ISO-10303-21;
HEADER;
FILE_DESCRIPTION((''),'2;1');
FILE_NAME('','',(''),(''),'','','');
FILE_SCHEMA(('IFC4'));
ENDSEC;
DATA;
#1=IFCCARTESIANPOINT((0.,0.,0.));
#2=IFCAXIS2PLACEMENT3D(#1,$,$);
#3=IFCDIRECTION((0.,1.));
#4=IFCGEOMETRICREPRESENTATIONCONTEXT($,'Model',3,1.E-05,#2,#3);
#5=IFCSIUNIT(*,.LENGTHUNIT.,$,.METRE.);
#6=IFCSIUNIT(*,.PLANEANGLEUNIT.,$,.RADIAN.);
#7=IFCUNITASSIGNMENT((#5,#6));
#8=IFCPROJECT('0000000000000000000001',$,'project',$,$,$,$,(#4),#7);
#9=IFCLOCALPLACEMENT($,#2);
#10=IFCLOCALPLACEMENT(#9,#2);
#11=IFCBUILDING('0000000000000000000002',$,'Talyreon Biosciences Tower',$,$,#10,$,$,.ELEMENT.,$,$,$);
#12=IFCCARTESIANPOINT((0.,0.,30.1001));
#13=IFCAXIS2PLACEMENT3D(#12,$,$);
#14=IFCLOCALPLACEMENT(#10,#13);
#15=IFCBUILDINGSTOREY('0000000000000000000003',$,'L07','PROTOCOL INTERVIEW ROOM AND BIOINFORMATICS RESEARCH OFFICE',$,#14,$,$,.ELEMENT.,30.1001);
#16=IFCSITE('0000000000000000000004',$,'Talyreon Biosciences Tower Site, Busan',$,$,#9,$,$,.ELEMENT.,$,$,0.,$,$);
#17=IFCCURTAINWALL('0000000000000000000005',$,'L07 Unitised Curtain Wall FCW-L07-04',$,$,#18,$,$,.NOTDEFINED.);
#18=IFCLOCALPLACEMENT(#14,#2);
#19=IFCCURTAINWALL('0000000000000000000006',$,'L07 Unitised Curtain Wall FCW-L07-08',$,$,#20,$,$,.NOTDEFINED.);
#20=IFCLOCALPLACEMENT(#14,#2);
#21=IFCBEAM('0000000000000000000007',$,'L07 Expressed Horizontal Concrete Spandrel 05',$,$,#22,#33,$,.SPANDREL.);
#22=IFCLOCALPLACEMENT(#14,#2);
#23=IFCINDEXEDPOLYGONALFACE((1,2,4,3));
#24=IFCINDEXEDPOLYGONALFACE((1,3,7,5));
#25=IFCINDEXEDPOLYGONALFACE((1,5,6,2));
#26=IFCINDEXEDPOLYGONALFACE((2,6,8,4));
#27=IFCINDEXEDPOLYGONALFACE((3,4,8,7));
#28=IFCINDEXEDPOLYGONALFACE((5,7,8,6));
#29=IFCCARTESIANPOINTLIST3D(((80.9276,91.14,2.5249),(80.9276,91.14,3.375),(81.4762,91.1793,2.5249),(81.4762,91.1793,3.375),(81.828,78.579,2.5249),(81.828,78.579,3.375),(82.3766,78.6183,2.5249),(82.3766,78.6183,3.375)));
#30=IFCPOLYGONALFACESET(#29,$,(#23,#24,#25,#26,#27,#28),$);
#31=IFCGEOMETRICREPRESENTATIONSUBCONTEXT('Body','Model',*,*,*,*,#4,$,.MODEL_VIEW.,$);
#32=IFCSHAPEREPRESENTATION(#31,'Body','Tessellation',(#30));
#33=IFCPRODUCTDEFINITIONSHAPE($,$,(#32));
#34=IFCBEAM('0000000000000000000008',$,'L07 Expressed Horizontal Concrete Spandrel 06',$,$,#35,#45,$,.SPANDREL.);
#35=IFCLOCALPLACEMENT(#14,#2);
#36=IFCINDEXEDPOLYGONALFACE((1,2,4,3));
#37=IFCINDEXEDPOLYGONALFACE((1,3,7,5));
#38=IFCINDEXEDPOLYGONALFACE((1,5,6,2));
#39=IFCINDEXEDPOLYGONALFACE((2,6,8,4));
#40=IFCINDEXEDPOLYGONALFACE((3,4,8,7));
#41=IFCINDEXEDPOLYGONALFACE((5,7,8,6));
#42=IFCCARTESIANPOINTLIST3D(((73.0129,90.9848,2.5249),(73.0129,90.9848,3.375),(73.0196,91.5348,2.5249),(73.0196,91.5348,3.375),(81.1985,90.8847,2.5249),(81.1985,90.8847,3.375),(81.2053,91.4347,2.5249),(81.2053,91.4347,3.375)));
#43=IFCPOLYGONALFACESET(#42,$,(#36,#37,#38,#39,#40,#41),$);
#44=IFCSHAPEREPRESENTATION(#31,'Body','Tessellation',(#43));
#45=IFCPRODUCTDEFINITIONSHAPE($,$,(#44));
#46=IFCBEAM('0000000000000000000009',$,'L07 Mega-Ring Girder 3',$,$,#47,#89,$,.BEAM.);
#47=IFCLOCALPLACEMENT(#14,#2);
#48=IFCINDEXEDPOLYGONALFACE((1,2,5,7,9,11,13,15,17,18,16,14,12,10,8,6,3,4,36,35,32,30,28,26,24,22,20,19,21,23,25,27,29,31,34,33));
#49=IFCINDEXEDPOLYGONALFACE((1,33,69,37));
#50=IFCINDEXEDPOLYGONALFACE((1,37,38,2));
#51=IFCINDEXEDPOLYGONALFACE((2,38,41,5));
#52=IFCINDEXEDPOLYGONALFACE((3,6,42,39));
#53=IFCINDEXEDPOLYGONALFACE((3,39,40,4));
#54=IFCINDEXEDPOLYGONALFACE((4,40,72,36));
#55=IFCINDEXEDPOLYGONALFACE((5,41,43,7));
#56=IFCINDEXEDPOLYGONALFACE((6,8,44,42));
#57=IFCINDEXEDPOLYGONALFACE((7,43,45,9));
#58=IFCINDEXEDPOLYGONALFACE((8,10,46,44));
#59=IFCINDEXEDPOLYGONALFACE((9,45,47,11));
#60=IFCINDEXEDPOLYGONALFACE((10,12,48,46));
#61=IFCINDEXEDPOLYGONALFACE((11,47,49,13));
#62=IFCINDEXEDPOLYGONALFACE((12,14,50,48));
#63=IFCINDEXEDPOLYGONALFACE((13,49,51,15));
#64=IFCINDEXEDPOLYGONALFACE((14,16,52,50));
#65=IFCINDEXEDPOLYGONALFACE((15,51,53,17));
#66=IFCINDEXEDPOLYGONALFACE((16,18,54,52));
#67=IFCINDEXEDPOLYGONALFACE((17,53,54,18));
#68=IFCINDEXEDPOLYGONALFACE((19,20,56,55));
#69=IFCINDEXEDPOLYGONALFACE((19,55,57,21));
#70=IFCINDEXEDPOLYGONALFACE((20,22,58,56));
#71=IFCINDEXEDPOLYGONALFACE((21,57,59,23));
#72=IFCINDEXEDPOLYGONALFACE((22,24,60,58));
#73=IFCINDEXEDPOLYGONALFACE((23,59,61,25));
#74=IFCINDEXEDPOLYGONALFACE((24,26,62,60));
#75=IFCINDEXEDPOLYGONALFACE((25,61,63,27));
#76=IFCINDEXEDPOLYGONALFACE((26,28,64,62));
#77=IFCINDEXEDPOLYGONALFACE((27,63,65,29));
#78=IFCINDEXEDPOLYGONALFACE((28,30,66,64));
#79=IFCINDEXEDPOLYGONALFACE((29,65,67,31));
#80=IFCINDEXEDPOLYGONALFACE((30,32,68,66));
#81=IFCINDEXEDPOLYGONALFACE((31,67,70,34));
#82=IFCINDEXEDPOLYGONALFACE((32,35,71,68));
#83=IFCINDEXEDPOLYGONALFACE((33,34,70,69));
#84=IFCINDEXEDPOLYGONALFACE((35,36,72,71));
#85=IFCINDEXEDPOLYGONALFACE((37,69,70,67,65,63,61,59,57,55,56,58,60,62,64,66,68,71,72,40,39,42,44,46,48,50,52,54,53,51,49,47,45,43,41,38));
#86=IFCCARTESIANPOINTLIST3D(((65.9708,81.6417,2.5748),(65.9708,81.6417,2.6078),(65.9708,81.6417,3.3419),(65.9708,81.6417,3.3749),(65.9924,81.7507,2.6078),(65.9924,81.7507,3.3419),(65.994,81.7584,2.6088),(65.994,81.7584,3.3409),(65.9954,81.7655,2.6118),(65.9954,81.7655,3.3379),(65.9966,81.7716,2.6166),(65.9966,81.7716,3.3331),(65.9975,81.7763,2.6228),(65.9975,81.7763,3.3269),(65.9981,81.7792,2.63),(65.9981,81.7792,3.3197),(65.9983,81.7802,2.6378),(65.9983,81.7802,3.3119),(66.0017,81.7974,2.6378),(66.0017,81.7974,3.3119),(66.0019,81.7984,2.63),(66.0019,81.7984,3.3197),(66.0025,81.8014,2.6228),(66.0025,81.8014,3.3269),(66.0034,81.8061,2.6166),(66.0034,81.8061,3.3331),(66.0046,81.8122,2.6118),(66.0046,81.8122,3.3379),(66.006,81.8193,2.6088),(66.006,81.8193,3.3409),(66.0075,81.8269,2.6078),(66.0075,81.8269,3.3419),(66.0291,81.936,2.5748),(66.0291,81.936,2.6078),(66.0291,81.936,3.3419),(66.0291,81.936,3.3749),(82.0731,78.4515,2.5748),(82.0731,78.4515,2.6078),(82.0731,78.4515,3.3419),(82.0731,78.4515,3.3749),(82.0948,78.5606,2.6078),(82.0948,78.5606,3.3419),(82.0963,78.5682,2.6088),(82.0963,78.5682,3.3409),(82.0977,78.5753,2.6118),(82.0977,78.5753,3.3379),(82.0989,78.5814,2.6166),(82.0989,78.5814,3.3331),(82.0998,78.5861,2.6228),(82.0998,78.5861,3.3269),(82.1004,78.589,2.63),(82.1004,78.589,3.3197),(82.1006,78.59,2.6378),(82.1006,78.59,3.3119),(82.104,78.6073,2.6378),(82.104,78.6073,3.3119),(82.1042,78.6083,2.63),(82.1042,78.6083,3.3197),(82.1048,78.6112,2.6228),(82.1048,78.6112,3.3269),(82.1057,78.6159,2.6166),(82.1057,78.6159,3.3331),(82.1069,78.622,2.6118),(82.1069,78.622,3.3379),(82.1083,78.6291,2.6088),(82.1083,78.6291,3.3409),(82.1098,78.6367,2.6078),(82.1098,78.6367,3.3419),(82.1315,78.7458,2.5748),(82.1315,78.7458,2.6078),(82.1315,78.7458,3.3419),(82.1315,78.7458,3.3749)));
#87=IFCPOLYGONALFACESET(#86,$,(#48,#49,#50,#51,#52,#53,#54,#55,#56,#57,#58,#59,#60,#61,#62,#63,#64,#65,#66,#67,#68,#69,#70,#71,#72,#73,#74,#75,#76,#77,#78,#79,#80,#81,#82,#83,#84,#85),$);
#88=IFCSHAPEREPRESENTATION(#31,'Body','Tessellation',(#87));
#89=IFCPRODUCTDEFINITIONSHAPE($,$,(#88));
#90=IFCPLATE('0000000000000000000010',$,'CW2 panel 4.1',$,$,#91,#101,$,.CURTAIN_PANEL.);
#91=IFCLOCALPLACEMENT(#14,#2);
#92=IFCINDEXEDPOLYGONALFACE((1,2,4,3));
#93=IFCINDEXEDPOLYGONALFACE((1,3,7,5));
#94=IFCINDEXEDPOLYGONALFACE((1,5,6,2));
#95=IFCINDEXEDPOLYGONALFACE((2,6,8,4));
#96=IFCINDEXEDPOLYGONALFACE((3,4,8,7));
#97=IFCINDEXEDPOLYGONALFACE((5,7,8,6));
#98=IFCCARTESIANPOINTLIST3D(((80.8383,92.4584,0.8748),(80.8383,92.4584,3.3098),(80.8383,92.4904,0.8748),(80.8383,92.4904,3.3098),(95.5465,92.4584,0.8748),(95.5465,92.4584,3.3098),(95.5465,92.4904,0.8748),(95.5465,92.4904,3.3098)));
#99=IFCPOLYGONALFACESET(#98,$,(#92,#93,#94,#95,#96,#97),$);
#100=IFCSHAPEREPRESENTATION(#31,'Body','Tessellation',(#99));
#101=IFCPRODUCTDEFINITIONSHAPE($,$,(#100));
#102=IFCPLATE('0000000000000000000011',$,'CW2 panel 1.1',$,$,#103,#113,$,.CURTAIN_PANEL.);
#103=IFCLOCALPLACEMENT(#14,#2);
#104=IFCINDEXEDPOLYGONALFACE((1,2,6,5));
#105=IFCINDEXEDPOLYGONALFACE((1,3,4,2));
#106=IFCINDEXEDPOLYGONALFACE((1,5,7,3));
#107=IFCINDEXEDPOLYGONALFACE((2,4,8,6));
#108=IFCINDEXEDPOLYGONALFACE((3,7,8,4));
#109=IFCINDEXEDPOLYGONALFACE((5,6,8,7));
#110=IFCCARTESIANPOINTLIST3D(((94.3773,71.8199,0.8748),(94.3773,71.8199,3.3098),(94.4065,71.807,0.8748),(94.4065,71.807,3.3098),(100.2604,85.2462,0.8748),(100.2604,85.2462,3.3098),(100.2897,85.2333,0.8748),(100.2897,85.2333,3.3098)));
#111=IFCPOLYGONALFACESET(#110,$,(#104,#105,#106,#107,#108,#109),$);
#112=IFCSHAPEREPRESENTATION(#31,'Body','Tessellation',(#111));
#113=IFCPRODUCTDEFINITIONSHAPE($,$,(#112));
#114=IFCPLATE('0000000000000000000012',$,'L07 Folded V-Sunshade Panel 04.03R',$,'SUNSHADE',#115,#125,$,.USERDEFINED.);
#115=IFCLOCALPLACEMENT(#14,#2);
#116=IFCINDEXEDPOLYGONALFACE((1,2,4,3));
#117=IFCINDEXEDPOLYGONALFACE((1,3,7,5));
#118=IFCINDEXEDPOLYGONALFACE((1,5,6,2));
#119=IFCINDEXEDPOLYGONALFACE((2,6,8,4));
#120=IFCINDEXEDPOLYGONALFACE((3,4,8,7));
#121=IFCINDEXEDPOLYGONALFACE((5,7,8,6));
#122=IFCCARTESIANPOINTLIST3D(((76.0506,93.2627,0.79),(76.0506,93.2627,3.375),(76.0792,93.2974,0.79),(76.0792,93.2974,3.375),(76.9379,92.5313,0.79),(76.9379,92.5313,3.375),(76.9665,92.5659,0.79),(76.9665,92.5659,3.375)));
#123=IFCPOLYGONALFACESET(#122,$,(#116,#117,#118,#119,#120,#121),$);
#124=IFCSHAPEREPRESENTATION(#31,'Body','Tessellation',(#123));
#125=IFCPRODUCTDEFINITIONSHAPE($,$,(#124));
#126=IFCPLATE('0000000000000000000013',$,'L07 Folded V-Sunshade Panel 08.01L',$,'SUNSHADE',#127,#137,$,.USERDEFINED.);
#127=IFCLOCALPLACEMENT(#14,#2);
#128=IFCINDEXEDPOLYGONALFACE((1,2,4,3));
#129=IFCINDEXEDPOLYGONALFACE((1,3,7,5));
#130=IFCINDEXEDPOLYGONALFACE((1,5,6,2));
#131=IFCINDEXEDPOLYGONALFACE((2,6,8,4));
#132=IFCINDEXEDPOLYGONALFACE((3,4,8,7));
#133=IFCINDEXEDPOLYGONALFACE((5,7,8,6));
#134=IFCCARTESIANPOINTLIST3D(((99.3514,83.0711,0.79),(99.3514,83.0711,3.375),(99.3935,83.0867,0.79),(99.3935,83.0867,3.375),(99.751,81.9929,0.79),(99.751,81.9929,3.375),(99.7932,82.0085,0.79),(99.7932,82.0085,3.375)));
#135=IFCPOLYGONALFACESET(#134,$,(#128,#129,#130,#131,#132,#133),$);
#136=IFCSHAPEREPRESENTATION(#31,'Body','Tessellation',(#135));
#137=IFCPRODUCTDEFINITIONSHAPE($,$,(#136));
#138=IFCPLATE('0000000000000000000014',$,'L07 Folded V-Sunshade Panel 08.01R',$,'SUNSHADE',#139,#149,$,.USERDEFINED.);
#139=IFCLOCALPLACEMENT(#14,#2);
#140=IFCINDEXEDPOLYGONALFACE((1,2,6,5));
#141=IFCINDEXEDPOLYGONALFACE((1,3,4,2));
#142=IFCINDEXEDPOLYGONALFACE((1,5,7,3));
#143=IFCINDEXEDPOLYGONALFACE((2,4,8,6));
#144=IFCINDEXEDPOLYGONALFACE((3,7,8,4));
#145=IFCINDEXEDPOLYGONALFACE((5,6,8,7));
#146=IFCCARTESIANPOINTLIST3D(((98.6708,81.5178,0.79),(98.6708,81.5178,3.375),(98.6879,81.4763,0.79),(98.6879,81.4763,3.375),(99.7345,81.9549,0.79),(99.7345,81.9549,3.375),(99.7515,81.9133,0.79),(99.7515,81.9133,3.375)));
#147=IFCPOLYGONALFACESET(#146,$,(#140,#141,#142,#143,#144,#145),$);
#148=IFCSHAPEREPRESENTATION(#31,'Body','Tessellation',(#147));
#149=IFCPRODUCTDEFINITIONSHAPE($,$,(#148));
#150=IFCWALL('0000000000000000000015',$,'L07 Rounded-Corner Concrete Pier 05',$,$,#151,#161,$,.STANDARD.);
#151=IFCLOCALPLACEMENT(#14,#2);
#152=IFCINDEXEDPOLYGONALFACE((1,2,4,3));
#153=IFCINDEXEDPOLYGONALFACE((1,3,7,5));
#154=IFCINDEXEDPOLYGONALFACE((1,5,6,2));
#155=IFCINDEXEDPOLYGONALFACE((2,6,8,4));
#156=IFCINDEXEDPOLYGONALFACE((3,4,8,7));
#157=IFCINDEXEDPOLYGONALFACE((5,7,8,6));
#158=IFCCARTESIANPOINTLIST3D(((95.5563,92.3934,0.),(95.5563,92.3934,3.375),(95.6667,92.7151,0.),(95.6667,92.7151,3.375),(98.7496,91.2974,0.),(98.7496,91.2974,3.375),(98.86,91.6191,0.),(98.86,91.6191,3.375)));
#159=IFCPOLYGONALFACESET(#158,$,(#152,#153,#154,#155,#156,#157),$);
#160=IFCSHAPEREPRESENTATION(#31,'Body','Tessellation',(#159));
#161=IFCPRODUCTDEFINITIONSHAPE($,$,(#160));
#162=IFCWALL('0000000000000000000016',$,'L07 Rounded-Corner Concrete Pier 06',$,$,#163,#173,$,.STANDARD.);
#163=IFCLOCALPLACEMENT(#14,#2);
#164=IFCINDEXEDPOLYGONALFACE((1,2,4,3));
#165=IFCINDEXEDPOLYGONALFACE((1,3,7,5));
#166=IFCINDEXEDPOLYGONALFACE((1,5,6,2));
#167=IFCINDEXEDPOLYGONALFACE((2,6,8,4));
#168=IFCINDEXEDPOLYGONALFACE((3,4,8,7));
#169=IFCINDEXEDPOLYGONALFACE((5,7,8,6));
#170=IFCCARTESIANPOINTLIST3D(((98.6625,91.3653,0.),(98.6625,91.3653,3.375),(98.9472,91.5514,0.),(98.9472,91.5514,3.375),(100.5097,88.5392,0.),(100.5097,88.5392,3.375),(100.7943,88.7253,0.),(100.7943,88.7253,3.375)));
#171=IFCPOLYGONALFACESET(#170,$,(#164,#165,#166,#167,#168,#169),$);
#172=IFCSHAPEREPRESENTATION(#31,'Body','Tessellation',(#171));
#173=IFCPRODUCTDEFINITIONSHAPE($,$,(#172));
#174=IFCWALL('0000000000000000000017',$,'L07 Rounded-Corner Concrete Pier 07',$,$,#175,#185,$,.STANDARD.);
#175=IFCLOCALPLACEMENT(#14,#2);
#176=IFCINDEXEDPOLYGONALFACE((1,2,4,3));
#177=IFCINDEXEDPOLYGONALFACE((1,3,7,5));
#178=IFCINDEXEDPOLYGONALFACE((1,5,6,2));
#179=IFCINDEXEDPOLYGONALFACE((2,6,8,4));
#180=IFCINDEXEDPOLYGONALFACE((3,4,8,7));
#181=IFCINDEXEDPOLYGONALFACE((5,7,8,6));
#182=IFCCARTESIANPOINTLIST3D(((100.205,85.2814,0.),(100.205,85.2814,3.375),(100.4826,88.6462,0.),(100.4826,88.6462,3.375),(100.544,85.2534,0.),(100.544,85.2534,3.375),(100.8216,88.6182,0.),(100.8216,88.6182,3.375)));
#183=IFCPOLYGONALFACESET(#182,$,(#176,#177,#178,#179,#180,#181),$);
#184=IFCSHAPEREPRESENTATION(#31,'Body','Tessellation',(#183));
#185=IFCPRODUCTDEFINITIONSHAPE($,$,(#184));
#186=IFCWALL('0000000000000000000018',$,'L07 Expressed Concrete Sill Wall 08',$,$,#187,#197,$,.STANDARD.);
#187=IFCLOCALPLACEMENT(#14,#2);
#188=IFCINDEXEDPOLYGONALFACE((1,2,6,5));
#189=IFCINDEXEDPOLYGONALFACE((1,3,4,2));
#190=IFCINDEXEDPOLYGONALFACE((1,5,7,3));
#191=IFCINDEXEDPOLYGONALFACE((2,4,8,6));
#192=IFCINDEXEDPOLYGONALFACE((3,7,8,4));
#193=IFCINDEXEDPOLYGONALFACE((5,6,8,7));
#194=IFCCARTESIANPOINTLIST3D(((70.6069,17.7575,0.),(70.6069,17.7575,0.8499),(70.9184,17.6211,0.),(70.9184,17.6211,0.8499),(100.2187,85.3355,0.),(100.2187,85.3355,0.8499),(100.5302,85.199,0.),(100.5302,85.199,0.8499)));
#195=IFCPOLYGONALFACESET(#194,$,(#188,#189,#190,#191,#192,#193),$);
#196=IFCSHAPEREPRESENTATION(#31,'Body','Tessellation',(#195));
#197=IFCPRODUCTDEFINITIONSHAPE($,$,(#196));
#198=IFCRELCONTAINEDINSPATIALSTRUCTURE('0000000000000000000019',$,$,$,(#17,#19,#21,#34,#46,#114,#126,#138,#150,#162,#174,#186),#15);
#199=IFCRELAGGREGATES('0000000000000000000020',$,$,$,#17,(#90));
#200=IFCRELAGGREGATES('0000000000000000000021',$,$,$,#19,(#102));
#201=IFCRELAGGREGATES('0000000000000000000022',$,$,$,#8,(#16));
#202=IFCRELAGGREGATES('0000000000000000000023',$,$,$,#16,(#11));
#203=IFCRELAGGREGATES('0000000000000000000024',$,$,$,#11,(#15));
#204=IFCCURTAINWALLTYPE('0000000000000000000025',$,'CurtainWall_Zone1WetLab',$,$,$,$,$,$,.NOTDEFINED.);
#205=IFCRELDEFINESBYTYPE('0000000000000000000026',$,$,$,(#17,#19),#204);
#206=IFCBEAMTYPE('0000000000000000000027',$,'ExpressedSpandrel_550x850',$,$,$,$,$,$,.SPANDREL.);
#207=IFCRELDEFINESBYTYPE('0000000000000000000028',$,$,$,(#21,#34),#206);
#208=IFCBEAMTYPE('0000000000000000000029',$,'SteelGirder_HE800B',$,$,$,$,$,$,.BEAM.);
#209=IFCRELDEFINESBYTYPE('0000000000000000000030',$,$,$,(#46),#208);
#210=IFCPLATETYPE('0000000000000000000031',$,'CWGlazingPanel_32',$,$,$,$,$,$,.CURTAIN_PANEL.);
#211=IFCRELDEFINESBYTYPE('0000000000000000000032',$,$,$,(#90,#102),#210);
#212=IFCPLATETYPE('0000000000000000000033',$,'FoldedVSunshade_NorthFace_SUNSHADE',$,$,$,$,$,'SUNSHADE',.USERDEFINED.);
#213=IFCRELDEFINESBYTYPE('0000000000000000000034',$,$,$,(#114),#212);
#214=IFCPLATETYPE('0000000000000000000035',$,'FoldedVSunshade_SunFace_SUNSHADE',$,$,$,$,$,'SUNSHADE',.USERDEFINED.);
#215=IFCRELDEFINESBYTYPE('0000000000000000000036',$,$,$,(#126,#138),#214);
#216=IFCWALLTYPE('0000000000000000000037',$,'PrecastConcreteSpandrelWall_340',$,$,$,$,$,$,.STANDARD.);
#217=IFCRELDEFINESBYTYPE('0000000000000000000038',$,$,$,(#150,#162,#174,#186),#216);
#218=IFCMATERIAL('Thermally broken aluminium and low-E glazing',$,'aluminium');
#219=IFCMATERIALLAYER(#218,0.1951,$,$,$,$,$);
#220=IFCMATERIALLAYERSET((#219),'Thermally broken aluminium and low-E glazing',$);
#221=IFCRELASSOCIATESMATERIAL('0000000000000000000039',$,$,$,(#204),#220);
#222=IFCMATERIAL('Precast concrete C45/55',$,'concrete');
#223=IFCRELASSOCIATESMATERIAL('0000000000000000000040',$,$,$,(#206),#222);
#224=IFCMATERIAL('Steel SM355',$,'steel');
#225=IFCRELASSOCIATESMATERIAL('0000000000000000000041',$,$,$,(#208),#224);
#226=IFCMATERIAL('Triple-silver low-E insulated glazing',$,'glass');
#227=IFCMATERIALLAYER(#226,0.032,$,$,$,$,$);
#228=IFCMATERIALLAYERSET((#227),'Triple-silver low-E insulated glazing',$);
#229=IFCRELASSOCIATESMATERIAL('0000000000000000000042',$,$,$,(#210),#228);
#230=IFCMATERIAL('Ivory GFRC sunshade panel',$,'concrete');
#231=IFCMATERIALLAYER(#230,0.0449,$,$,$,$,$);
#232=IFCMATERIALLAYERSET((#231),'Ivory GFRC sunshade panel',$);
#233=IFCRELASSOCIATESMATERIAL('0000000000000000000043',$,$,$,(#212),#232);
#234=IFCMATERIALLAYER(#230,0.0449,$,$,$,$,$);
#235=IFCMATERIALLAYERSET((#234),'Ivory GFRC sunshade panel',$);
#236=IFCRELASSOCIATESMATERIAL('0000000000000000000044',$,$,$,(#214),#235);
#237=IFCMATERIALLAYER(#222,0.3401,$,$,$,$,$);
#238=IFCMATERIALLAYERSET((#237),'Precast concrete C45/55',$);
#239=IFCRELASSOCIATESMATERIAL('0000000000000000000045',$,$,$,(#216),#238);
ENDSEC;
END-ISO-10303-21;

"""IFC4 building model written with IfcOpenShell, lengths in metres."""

from ifc_helpers import new_model, si_unit, direction, frame, frame_2d, origin, origin_2d, place, context, subcontext, project, spatial, rectangle, i_section, extrude, material, layer, layer_set, material_profile, profile_set, type_object, element, aggregate, save


model = new_model("IFC4")

# Units and contexts
model_context = context("Model", 3, precision=1e-05, world=origin(), true_north=direction((0.0, 1.0)))
body_context = subcontext(model_context, "Body", "Model", "MODEL_VIEW")
ifc_project = project(units=[si_unit("LENGTHUNIT", "METRE"), si_unit("PLANEANGLEUNIT", "RADIAN")], contexts=[model_context])

# Site, building, storey
site_placement = place(None, origin())
site = spatial("IfcSite", under=ifc_project, at=site_placement, Name="Talyreon Biosciences Tower Site, Busan", CompositionType="ELEMENT", RefElevation=0.0)
building_placement = place(site_placement, origin())
building = spatial("IfcBuilding", under=site, at=building_placement, Name="Talyreon Biosciences Tower", CompositionType="ELEMENT")
storey_placement = place(building_placement, frame((0.0, 0.0, 30.1001)))
storey = spatial("IfcBuildingStorey", under=building, at=storey_placement, Name="L07", Description="PROTOCOL INTERVIEW ROOM AND BIOINFORMATICS RESEARCH OFFICE", CompositionType="ELEMENT", Elevation=30.1001)

# Curtain walls
ifc_material_1 = material(Name="Thermally broken aluminium and low-E glazing", Category="aluminium")
ifc_layer_1 = layer(ifc_material_1, 0.1951)
ifc_layer_set_1 = layer_set([ifc_layer_1], Name="Thermally broken aluminium and low-E glazing")
curtain_wall_type = type_object("IfcCurtainWallType", Name="CurtainWall_Zone1WetLab", PredefinedType="NOTDEFINED", material=ifc_layer_set_1)
curtain_wall_1_placement = place(storey_placement, origin())
curtain_wall_1 = element("IfcCurtainWall", 1, at=curtain_wall_1_placement, inside=storey, type_object=curtain_wall_type, Name="L07 Unitised Curtain Wall FCW-L07-04", PredefinedType="NOTDEFINED")
curtain_wall_2_placement = place(storey_placement, origin())
curtain_wall_2 = element("IfcCurtainWall", 2, at=curtain_wall_2_placement, inside=storey, type_object=curtain_wall_type, Name="L07 Unitised Curtain Wall FCW-L07-08", PredefinedType="NOTDEFINED")

# Beams
ifc_material_2 = material(Name="Precast concrete C45/55", Category="concrete")
ifc_material_profile_1 = material_profile(ifc_material_2, rectangle(XDim=0.55, YDim=0.8501, at=origin_2d()), Name="RCB 550x850")
ifc_profile_set_1 = profile_set([ifc_material_profile_1], Name="Precast concrete C45/55")
beam_type_1 = type_object("IfcBeamType", Name="ExpressedSpandrel_550x850", PredefinedType="SPANDREL", material=ifc_profile_set_1)
beam_1_placement = place(storey_placement, frame((82.1023, 78.5986, 2.95), z_axis=(-0.071498, 0.997441, 0.0), x_axis=(-0.997441, -0.071498, 0.0)))
element("IfcBeam", 3, at=beam_1_placement, inside=storey, type_object=beam_type_1, Name="L07 Expressed Horizontal Concrete Spandrel 05", PredefinedType="SPANDREL", context=body_context, shape_type="SweptSolid", body=[
    extrude(rectangle(XDim=0.55, YDim=0.8501, at=origin_2d()), origin(), (0.0, 0.0, 1.0), 12.5933),
])
beam_2_placement = place(storey_placement, frame((81.2019, 91.1597, 2.95), z_axis=(-0.999925, 0.012228, 0.0), x_axis=(-0.012228, -0.999925, 0.0)))
element("IfcBeam", 4, at=beam_2_placement, inside=storey, type_object=beam_type_1, Name="L07 Expressed Horizontal Concrete Spandrel 06", PredefinedType="SPANDREL", context=body_context, shape_type="SweptSolid", body=[
    extrude(rectangle(XDim=0.55, YDim=0.8501, at=origin_2d()), origin(), (0.0, 0.0, 1.0), 8.1863),
])
ifc_material_3 = material(Name="Steel SM355", Category="steel")
ifc_material_profile_2 = material_profile(ifc_material_3, i_section(OverallWidth=0.3, OverallDepth=0.8, WebThickness=0.0176, FlangeThickness=0.033, FilletRadius=0.03, at=origin_2d()), Name="HE800B")
ifc_profile_set_2 = profile_set([ifc_material_profile_2], Name="Steel SM355")
beam_type_2 = type_object("IfcBeamType", Name="SteelGirder_HE800B", PredefinedType="BEAM", material=ifc_profile_set_2)
beam_3_placement = place(storey_placement, frame((82.1023, 78.5986, 2.9749), z_axis=(-0.980934, 0.194343, 0.0), x_axis=(-0.194343, -0.980934, 0.0)))
element("IfcBeam", 5, at=beam_3_placement, inside=storey, type_object=beam_type_2, Name="L07 Mega-Ring Girder 3", PredefinedType="BEAM", context=body_context, shape_type="SweptSolid", body=[
    extrude(i_section(OverallWidth=0.3, OverallDepth=0.8, WebThickness=0.0176, FlangeThickness=0.033, FilletRadius=0.03, at=origin_2d()), origin(), (0.0, 0.0, 1.0), 16.4153),
])

# Plates
ifc_material_4 = material(Name="Triple-silver low-E insulated glazing", Category="glass")
ifc_layer_2 = layer(ifc_material_4, 0.032)
ifc_layer_set_2 = layer_set([ifc_layer_2], Name="Triple-silver low-E insulated glazing")
plate_type_1 = type_object("IfcPlateType", Name="CWGlazingPanel_32", PredefinedType="CURTAIN_PANEL", material=ifc_layer_set_2)
plate_1_placement = place(storey_placement, frame((88.1924, 92.4744, 0.8748), z_axis=(0.0, 0.0, 1.0), x_axis=(1.0, 0.0, 0.0)))
plate_1 = element("IfcPlate", 6, at=plate_1_placement, type_object=plate_type_1, Name="CW2 panel 4.1", PredefinedType="CURTAIN_PANEL", context=body_context, shape_type="SweptSolid", body=[
    extrude(rectangle(XDim=14.7083, YDim=0.032, at=origin_2d()), origin(), (0.0, 0.0, 1.0), 2.4351),
])
aggregate(curtain_wall_1, [plate_1])
plate_2_placement = place(storey_placement, frame((97.3335, 78.5266, 0.8748), z_axis=(0.0, 0.0, 1.0), x_axis=(-0.401345, -0.915927, 0.0)))
plate_2 = element("IfcPlate", 7, at=plate_2_placement, type_object=plate_type_1, Name="CW2 panel 1.1", PredefinedType="CURTAIN_PANEL", context=body_context, shape_type="SweptSolid", body=[
    extrude(rectangle(XDim=14.6587, YDim=0.032, at=origin_2d()), origin(), (0.0, 0.0, 1.0), 2.4351),
])
aggregate(curtain_wall_2, [plate_2])

# Plates
ifc_material_5 = material(Name="Ivory GFRC sunshade panel", Category="concrete")
ifc_layer_3 = layer(ifc_material_5, 0.0449)
ifc_layer_set_3 = layer_set([ifc_layer_3], Name="Ivory GFRC sunshade panel")
plate_type_2 = type_object("IfcPlateType", Name="FoldedVSunshade_NorthFace_SUNSHADE", ElementType="SUNSHADE", PredefinedType="USERDEFINED", material=ifc_layer_set_3)
plate_3_placement = place(storey_placement, frame((76.5085, 92.9143, 0.79), z_axis=(0.0, 0.0, 1.0), x_axis=(0.771625, -0.636078, 0.0)))
element("IfcPlate", 8, at=plate_3_placement, inside=storey, type_object=plate_type_2, Name="L07 Folded V-Sunshade Panel 04.03R", ObjectType="SUNSHADE", PredefinedType="USERDEFINED", context=body_context, shape_type="SweptSolid", body=[
    extrude(rectangle(XDim=1.1499, YDim=0.0449, at=origin_2d()), origin(), (0.0, 0.0, 1.0), 2.585),
])
ifc_layer_4 = layer(ifc_material_5, 0.0449)
ifc_layer_set_4 = layer_set([ifc_layer_4], Name="Ivory GFRC sunshade panel")
plate_type_3 = type_object("IfcPlateType", Name="FoldedVSunshade_SunFace_SUNSHADE", ElementType="SUNSHADE", PredefinedType="USERDEFINED", material=ifc_layer_set_4)
for number, where, z_axis, x_axis, name in (
    (9, (99.5723, 82.5398, 0.79), (0.0, 0.0, 1.0), (0.347558, -0.937659, 0.0), "L07 Folded V-Sunshade Panel 08.01L"),
    (10, (99.2112, 81.7156, 0.79), (0.0, 0.0, 1.0), (-0.924958, -0.38007, 0.0), "L07 Folded V-Sunshade Panel 08.01R"),
):
    element("IfcPlate", number, at=place(storey_placement, frame(where, z_axis=z_axis, x_axis=x_axis)), inside=storey, type_object=plate_type_3, Name=name, ObjectType="SUNSHADE", PredefinedType="USERDEFINED", context=body_context, shape_type="SweptSolid", body=[
        extrude(rectangle(XDim=1.1499, YDim=0.0449, at=origin_2d()), origin(), (0.0, 0.0, 1.0), 2.585),
    ])

# Walls
ifc_layer_5 = layer(ifc_material_2, 0.3401)
ifc_layer_set_5 = layer_set([ifc_layer_5], Name="Precast concrete C45/55")
wall_type = type_object("IfcWallType", Name="PrecastConcreteSpandrelWall_340", PredefinedType="STANDARD", material=ifc_layer_set_5)
for number, where, z_axis, x_axis, name in (
    (11, (95.6116, 92.5542, 0.0), (0.0, 0.0, 1.0), (0.945848, -0.324611, 0.0), "L07 Rounded-Corner Concrete Pier 05"),
    (12, (98.8049, 91.4583, 0.0), (0.0, 0.0, 1.0), (0.547101, -0.837066, 0.0), "L07 Rounded-Corner Concrete Pier 06"),
    (13, (100.6521, 88.6321, 0.0), (0.0, 0.0, 1.0), (-0.08222, -0.996614, 0.0), "L07 Rounded-Corner Concrete Pier 07"),
):
    element("IfcWall", number, at=place(storey_placement, frame(where, z_axis=z_axis, x_axis=x_axis)), inside=storey, type_object=wall_type, Name=name, PredefinedType="STANDARD", context=body_context, shape_type="SweptSolid", body=[
        extrude(rectangle(XDim=3.3762, YDim=0.3401, at=frame_2d((1.688, 0.0))), origin(), (0.0, 0.0, 1.0), 3.375),
    ])
wall_placement = place(storey_placement, frame((100.3745, 85.2673, 0.0), z_axis=(0.0, 0.0, 1.0), x_axis=(-0.401348, -0.915926, 0.0)))
element("IfcWall", 14, at=wall_placement, inside=storey, type_object=wall_type, Name="L07 Expressed Concrete Sill Wall 08", PredefinedType="STANDARD", context=body_context, shape_type="SweptSolid", body=[
    extrude(rectangle(XDim=73.781, YDim=0.3401, at=frame_2d((36.8906, 0.0))), origin(), (0.0, 0.0, 1.0), 0.8499),
])

save(model, "model.ifc")
